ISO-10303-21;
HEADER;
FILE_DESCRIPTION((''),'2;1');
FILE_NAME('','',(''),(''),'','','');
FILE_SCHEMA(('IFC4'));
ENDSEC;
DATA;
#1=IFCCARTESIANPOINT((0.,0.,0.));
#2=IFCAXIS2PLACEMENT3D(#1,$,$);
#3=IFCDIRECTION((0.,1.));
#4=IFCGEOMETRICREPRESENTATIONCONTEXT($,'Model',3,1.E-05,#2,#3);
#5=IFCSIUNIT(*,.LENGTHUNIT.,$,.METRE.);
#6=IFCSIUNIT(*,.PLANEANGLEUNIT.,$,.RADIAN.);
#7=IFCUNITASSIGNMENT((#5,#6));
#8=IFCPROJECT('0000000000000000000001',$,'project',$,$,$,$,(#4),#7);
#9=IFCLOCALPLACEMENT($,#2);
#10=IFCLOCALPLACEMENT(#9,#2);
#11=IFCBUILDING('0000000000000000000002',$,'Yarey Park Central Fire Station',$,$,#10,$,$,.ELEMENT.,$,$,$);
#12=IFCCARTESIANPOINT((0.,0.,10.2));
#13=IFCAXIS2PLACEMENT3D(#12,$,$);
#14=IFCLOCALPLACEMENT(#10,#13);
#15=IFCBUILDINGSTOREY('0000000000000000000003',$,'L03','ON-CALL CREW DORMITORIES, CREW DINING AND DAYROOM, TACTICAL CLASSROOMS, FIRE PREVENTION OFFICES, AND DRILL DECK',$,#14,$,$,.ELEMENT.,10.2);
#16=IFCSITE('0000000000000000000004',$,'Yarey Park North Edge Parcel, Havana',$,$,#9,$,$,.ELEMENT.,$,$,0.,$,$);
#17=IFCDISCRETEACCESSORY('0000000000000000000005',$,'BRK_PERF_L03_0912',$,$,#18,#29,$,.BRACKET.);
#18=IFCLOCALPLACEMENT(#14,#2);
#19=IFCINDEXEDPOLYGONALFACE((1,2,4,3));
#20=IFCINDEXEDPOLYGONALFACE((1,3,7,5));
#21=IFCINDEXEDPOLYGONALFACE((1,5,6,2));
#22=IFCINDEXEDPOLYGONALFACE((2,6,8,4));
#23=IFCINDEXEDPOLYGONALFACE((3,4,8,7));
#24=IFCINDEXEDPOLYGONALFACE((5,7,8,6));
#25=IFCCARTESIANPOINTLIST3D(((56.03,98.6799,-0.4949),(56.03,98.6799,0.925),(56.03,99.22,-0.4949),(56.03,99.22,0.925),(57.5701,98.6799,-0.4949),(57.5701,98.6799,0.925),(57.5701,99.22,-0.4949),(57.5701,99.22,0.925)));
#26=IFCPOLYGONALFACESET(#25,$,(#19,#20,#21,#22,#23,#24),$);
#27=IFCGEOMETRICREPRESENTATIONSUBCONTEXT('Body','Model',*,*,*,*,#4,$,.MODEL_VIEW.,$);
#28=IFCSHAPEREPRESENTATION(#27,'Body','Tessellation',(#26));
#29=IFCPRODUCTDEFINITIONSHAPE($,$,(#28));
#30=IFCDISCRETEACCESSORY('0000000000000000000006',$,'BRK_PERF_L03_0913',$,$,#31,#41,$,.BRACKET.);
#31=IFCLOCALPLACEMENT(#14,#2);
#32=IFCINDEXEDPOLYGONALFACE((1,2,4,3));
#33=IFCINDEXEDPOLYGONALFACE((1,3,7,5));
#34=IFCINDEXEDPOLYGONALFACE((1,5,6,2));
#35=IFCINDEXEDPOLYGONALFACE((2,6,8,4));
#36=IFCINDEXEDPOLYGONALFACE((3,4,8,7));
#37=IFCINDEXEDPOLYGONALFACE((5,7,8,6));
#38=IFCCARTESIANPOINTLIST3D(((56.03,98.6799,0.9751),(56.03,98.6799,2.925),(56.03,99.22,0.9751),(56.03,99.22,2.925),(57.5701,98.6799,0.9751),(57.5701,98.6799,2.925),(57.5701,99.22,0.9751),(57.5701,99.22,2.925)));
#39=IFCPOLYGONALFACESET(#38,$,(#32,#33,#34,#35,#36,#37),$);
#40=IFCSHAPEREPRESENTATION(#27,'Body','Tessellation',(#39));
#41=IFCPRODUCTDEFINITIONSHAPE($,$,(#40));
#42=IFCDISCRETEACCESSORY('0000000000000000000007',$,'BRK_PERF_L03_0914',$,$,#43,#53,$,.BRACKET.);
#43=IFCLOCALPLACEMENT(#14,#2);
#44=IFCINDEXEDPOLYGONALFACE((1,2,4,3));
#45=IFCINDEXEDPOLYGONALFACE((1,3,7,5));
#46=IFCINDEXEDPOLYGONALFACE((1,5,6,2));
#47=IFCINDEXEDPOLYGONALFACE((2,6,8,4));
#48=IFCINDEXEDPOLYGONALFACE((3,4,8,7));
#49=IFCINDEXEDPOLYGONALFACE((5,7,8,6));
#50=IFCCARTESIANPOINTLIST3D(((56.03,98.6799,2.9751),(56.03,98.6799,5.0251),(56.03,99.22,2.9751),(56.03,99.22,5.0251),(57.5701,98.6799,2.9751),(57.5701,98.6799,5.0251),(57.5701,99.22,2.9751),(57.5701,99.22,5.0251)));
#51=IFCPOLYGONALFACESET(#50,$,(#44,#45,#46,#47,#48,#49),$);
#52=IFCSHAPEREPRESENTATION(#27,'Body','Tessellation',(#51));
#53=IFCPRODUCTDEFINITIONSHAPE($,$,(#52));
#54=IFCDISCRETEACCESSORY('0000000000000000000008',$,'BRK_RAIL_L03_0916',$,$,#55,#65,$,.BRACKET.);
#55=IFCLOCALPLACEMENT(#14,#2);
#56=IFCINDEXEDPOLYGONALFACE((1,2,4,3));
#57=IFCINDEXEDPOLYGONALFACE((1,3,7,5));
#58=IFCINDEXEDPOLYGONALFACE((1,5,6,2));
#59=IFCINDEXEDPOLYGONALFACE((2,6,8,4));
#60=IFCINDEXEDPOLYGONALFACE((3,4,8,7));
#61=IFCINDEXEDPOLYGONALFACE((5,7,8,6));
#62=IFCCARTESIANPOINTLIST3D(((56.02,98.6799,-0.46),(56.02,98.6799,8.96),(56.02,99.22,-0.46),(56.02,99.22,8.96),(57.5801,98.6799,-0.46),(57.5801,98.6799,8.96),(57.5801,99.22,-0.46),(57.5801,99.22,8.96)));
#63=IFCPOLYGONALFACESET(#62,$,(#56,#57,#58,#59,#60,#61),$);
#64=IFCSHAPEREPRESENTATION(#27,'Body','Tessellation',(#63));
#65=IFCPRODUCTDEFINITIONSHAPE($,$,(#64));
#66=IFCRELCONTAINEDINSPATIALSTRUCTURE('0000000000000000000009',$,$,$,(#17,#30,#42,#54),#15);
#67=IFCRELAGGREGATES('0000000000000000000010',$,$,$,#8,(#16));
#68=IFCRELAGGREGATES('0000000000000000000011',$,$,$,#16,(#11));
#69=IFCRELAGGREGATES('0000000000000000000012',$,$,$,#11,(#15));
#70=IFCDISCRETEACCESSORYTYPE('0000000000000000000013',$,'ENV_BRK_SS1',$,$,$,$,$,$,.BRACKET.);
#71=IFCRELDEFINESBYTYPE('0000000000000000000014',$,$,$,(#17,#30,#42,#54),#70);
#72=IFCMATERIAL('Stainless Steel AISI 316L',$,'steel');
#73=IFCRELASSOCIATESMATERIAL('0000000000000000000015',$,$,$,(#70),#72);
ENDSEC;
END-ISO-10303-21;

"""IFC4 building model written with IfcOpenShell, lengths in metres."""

from ifc_helpers import new_model, si_unit, direction, frame, origin, origin_2d, place, context, subcontext, project, spatial, rectangle, extrude, material, type_object, element, save


model = new_model("IFC4")

# Units and contexts
model_context = context("Model", 3, precision=1e-05, world=origin(), true_north=direction((0.0, 1.0)))
body_context = subcontext(model_context, "Body", "Model", "MODEL_VIEW")
ifc_project = project(units=[si_unit("LENGTHUNIT", "METRE"), si_unit("PLANEANGLEUNIT", "RADIAN")], contexts=[model_context])

# Site, building, storey
site_placement = place(None, origin())
site = spatial("IfcSite", under=ifc_project, at=site_placement, Name="Yarey Park North Edge Parcel, Havana", CompositionType="ELEMENT", RefElevation=0.0)
building_placement = place(site_placement, origin())
building = spatial("IfcBuilding", under=site, at=building_placement, Name="Yarey Park Central Fire Station", CompositionType="ELEMENT")
storey_placement = place(building_placement, frame((0.0, 0.0, 10.2)))
storey = spatial("IfcBuildingStorey", under=building, at=storey_placement, Name="L03", Description="ON-CALL CREW DORMITORIES, CREW DINING AND DAYROOM, TACTICAL CLASSROOMS, FIRE PREVENTION OFFICES, AND DRILL DECK", CompositionType="ELEMENT", Elevation=10.2)

# Discrete accessories
ifc_material_1 = material(Name="Stainless Steel AISI 316L", Category="steel")
discrete_accessory_type = type_object("IfcDiscreteAccessoryType", Name="ENV_BRK_SS1", PredefinedType="BRACKET", material=ifc_material_1)
discrete_accessory_1_placement = place(storey_placement, frame((56.8, 98.95, -0.4949), z_axis=(0.0, 0.0, 1.0), x_axis=(1.0, 0.0, 0.0)))
element("IfcDiscreteAccessory", 1, at=discrete_accessory_1_placement, inside=storey, type_object=discrete_accessory_type, Name="BRK_PERF_L03_0912", PredefinedType="BRACKET", context=body_context, shape_type="SweptSolid", body=[
    extrude(rectangle(XDim=1.54, YDim=0.54, at=origin_2d()), origin(), (0.0, 0.0, 1.0), 1.4199),
])
discrete_accessory_2_placement = place(storey_placement, frame((56.8, 98.95, 0.9751), z_axis=(0.0, 0.0, 1.0), x_axis=(1.0, 0.0, 0.0)))
element("IfcDiscreteAccessory", 2, at=discrete_accessory_2_placement, inside=storey, type_object=discrete_accessory_type, Name="BRK_PERF_L03_0913", PredefinedType="BRACKET", context=body_context, shape_type="SweptSolid", body=[
    extrude(rectangle(XDim=1.54, YDim=0.54, at=origin_2d()), origin(), (0.0, 0.0, 1.0), 1.95),
])
discrete_accessory_3_placement = place(storey_placement, frame((56.8, 98.95, 2.9751), z_axis=(0.0, 0.0, 1.0), x_axis=(1.0, 0.0, 0.0)))
element("IfcDiscreteAccessory", 3, at=discrete_accessory_3_placement, inside=storey, type_object=discrete_accessory_type, Name="BRK_PERF_L03_0914", PredefinedType="BRACKET", context=body_context, shape_type="SweptSolid", body=[
    extrude(rectangle(XDim=1.54, YDim=0.54, at=origin_2d()), origin(), (0.0, 0.0, 1.0), 2.05),
])
discrete_accessory_4_placement = place(storey_placement, frame((56.8, 98.95, -0.46), z_axis=(0.0, 0.0, 1.0), x_axis=(1.0, 0.0, 0.0)))
element("IfcDiscreteAccessory", 4, at=discrete_accessory_4_placement, inside=storey, type_object=discrete_accessory_type, Name="BRK_RAIL_L03_0916", PredefinedType="BRACKET", context=body_context, shape_type="SweptSolid", body=[
    extrude(rectangle(XDim=1.5601, YDim=0.54, at=origin_2d()), origin(), (0.0, 0.0, 1.0), 9.4199),
])

save(model, "model.ifc")
